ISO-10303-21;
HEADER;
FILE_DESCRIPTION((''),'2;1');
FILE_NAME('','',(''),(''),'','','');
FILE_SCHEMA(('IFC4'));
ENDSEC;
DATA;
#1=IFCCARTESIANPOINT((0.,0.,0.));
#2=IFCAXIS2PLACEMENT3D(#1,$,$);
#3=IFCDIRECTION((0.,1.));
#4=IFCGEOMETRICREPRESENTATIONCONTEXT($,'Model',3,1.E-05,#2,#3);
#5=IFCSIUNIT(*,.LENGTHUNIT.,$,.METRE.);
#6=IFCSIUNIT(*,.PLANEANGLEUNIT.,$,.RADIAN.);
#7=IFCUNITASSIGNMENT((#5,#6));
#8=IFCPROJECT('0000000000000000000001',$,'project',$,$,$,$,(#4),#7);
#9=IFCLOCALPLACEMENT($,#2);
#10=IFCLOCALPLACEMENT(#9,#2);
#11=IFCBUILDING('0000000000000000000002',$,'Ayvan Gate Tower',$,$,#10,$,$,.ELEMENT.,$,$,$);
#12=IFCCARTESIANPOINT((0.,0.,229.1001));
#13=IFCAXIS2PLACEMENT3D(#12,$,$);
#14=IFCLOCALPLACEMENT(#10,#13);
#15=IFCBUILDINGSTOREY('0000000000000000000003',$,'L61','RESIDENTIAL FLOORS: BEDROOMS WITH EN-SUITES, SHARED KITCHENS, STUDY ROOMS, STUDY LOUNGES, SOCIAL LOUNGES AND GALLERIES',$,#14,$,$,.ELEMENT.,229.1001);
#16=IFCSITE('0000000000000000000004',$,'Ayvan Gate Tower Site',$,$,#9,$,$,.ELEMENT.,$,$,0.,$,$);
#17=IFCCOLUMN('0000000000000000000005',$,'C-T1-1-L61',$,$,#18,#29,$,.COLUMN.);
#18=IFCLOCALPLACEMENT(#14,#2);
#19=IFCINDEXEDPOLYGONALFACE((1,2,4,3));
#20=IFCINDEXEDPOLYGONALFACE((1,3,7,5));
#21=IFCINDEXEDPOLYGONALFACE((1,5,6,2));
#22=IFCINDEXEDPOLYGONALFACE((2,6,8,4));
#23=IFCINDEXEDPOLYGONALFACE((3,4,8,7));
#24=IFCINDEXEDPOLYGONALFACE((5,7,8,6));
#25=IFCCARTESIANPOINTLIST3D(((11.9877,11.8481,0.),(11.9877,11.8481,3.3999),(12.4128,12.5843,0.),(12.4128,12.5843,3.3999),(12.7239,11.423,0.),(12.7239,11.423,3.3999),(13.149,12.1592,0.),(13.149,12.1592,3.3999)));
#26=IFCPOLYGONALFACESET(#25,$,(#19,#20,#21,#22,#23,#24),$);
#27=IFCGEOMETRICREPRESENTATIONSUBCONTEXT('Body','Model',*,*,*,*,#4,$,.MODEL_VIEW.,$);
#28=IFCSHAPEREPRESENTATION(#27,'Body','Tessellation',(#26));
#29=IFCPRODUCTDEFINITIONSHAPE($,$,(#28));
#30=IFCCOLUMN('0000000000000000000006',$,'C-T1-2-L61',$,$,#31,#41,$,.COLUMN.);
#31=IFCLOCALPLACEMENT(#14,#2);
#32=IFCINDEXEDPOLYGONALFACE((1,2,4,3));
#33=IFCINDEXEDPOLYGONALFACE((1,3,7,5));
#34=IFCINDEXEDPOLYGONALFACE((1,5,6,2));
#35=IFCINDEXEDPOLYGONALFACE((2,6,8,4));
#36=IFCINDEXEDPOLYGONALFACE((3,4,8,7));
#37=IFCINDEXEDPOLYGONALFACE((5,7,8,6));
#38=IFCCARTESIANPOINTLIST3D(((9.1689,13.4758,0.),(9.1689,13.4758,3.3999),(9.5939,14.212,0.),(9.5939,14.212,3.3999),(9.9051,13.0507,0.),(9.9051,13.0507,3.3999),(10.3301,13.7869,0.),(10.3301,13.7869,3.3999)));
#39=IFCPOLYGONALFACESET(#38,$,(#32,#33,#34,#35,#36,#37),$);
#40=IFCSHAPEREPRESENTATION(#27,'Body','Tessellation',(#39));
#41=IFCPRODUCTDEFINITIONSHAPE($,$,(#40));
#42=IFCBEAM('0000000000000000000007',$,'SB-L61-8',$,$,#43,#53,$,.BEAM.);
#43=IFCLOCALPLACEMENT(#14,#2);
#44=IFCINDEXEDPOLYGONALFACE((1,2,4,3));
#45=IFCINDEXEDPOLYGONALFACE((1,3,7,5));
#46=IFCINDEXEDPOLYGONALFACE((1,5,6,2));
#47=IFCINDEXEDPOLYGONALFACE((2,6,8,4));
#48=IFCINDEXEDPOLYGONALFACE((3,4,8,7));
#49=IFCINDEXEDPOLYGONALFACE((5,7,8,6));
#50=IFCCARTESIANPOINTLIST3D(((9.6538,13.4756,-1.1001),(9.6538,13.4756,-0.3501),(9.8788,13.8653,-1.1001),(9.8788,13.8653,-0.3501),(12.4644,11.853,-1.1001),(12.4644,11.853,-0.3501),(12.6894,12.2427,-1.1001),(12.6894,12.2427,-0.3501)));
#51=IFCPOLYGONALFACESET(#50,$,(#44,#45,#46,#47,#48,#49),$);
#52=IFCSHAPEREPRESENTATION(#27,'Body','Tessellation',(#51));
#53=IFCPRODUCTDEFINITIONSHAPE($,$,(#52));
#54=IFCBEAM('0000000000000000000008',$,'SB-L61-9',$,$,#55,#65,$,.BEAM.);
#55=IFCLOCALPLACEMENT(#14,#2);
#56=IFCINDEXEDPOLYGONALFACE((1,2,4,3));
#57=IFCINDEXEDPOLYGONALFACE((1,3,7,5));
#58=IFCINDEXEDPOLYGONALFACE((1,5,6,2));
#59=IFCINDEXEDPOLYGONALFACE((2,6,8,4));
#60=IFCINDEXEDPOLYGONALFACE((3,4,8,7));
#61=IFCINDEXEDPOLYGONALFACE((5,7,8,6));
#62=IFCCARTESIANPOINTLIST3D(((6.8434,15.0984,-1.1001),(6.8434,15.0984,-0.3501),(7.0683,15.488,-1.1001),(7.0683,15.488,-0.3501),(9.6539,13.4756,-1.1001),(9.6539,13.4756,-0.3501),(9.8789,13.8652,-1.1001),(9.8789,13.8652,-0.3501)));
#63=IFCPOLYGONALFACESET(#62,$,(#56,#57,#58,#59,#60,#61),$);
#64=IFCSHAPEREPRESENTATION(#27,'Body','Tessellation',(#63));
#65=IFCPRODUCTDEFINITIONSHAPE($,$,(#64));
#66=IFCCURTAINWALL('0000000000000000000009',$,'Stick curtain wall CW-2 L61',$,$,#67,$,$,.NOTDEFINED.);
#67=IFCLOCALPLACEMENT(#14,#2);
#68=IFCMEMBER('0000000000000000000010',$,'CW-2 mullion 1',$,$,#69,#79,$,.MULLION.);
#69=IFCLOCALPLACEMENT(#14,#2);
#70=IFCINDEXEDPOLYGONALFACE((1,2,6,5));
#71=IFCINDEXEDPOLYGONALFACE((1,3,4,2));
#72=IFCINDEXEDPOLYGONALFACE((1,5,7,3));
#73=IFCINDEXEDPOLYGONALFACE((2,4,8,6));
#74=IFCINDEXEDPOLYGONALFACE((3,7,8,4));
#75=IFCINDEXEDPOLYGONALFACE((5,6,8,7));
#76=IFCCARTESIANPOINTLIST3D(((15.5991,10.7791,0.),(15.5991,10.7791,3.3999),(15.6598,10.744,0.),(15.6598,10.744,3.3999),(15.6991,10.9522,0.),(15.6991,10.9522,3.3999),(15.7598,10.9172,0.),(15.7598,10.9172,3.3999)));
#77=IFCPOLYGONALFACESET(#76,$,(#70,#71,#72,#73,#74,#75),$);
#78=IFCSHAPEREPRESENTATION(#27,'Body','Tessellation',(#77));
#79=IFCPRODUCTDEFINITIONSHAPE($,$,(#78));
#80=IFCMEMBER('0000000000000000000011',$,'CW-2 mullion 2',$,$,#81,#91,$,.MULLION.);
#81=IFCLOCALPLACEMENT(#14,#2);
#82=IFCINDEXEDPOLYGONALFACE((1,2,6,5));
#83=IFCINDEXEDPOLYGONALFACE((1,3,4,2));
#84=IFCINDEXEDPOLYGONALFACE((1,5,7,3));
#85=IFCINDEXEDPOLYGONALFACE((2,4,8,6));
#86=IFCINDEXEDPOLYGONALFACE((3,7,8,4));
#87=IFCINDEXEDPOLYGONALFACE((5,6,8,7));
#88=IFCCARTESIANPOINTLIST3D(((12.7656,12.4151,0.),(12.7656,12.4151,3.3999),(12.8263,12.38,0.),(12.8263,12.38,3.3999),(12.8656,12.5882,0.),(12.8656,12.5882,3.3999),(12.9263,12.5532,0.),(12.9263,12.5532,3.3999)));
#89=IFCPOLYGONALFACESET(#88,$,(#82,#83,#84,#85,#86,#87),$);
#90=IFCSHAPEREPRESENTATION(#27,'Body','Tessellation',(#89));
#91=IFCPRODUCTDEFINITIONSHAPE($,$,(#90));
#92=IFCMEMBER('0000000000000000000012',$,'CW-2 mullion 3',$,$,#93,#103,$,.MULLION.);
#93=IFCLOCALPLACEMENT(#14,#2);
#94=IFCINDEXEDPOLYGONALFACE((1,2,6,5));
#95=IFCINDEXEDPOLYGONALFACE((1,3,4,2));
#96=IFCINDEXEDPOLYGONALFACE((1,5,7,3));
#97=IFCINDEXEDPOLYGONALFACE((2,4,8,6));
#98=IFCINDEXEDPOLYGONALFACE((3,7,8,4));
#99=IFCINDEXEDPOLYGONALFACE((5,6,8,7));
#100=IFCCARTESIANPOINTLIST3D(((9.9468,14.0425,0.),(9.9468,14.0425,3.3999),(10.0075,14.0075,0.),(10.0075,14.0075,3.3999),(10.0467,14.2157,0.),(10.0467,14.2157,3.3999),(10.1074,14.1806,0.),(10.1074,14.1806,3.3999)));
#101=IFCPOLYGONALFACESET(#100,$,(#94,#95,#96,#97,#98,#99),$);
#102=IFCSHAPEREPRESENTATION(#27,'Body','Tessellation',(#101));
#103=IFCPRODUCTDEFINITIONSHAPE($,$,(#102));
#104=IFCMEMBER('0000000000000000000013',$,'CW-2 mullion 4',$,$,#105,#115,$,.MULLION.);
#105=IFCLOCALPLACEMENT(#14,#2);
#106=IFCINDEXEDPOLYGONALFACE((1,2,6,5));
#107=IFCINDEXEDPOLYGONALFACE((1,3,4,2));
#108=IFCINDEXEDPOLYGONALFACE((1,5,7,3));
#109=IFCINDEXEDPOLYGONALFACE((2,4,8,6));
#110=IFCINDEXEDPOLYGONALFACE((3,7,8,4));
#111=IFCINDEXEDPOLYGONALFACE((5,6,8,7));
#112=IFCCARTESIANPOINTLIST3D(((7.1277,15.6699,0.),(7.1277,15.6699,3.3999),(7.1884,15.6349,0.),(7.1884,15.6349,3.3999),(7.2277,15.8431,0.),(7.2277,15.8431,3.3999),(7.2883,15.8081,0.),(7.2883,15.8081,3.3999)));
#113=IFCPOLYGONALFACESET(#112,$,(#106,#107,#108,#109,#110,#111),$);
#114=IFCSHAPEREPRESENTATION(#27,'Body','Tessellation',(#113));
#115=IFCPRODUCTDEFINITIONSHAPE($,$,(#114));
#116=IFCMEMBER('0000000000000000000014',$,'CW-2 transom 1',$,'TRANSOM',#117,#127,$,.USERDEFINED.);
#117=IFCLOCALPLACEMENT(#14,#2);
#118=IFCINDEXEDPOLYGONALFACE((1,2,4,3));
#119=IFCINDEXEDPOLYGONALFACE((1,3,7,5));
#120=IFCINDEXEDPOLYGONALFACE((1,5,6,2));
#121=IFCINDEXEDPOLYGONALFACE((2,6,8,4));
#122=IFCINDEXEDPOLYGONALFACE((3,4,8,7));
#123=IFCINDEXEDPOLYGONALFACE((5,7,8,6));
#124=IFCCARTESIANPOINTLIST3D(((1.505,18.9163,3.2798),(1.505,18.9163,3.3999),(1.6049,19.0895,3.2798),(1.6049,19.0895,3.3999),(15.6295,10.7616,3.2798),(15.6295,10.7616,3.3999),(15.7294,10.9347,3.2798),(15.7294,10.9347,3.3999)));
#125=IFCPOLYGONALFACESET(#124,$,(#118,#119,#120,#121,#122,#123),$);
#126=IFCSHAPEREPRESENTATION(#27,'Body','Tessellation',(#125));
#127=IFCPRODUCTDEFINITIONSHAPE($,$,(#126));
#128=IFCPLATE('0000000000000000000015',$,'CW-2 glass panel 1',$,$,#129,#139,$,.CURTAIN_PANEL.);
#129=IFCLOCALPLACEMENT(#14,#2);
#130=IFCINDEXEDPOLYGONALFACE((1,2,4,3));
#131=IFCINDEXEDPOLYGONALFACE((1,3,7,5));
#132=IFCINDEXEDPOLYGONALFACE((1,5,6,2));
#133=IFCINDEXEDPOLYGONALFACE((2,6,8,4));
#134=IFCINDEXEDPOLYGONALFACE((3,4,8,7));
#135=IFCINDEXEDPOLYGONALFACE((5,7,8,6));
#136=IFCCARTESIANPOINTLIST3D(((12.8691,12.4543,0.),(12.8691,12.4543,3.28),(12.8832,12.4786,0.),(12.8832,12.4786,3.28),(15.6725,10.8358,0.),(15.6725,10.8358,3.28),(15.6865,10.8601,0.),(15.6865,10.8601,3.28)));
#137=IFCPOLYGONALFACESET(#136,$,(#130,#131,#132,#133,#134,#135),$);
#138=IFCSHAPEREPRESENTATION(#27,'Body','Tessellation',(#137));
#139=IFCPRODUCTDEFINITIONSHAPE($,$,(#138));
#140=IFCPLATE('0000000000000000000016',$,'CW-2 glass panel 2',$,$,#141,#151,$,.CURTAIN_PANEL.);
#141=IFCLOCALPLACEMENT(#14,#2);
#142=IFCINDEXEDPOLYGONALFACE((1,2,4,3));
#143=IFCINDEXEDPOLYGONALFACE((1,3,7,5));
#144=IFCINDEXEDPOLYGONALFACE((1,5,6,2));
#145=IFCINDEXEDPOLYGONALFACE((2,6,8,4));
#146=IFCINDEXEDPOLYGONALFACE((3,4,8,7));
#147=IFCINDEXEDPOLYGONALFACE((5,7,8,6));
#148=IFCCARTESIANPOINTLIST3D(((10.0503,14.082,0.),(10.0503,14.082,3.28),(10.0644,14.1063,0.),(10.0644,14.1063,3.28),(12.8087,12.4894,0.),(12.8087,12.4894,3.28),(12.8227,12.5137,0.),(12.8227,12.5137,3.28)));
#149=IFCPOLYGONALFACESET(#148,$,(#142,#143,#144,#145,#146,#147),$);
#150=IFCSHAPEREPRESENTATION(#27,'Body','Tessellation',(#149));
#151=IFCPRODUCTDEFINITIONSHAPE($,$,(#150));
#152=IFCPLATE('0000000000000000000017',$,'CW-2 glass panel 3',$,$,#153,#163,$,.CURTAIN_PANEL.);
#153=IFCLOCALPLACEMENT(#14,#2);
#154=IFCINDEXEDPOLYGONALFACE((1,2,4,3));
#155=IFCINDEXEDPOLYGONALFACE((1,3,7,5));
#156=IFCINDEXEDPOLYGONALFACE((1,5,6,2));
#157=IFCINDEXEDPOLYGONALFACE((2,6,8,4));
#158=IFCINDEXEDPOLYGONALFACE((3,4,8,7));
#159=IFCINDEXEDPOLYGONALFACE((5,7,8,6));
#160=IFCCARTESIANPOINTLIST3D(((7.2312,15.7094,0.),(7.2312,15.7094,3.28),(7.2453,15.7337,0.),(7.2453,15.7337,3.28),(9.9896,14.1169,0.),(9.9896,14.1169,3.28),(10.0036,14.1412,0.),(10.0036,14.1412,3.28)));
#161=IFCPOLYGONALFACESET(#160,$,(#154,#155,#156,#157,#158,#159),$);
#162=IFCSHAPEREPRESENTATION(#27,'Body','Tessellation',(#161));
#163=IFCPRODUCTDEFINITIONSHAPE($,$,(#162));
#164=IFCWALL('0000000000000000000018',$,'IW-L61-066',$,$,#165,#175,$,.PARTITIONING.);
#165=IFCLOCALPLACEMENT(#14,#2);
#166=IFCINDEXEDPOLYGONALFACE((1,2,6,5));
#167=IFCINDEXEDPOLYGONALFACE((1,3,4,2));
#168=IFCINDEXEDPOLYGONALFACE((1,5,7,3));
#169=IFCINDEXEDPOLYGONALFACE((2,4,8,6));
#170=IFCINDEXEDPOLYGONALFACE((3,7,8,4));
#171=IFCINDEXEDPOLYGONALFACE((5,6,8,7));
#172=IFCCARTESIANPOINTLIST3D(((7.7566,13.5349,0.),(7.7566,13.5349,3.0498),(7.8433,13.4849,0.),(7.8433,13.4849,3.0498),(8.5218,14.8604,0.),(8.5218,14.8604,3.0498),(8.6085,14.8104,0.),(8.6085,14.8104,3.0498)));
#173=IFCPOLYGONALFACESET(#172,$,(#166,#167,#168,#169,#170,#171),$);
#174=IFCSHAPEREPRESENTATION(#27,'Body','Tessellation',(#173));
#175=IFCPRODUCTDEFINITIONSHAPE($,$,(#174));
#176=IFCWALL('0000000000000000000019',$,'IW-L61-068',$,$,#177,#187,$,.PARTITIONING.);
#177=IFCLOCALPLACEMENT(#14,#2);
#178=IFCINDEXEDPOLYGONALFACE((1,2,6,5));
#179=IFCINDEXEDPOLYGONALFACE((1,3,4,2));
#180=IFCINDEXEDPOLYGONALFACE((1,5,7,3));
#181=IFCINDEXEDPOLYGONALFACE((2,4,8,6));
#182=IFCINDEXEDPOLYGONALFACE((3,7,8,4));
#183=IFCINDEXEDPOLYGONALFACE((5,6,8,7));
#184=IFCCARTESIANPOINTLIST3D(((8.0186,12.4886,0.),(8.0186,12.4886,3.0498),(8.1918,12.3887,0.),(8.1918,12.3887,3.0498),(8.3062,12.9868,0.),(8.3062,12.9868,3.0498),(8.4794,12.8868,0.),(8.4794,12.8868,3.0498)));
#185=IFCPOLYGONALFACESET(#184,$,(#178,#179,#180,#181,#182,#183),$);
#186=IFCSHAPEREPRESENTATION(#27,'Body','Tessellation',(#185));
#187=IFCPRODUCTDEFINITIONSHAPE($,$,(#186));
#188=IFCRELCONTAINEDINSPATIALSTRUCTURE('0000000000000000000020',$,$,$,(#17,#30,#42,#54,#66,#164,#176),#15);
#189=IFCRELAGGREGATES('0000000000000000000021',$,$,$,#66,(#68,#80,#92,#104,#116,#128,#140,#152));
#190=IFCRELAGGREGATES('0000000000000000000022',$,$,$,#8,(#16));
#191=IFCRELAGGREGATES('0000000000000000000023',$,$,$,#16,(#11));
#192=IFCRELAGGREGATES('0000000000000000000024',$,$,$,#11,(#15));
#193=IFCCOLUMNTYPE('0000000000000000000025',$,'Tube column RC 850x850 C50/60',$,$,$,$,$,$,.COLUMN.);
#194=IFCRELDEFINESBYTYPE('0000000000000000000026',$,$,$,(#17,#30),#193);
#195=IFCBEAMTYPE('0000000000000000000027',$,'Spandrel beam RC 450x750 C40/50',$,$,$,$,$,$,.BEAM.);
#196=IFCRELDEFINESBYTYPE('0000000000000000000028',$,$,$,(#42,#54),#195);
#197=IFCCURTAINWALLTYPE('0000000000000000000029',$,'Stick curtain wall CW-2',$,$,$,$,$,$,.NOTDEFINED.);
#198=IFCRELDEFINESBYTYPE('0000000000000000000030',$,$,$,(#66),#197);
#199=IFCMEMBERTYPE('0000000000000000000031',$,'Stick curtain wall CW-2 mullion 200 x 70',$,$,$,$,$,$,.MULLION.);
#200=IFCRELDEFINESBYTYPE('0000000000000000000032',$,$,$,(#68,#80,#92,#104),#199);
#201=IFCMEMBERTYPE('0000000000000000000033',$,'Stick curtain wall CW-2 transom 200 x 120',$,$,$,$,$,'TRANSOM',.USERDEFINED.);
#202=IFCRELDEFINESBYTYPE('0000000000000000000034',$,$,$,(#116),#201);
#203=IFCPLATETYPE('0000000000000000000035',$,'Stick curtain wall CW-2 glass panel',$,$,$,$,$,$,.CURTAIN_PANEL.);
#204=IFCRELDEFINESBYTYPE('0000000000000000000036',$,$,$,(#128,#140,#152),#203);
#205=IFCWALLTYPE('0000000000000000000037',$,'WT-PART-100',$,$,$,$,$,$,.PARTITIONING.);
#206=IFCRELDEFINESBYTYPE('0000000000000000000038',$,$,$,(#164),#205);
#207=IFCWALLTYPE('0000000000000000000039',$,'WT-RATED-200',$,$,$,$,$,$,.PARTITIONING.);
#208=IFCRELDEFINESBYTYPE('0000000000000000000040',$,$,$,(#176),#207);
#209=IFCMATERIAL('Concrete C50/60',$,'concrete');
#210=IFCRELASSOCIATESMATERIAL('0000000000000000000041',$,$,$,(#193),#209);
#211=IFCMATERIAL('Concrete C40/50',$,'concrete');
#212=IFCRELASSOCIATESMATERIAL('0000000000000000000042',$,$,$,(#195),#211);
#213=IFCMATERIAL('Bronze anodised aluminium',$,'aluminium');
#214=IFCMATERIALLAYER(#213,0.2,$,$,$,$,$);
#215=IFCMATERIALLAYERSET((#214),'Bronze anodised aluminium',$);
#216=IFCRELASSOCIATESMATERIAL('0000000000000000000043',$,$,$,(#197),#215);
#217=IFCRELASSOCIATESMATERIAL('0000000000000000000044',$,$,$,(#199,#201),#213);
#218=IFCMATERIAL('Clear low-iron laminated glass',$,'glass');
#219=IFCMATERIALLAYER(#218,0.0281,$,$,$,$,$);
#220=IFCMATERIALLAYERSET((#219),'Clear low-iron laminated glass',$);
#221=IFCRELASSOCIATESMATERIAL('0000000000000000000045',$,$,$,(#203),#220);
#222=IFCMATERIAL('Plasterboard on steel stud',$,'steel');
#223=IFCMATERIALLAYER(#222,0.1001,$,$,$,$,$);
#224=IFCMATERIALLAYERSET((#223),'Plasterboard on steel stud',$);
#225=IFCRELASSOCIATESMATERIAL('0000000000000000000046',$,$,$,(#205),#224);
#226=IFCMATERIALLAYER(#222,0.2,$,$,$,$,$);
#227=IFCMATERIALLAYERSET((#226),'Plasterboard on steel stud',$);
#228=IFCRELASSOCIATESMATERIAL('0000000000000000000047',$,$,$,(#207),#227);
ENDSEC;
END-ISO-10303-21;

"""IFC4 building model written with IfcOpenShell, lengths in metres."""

from ifc_helpers import new_model, si_unit, direction, frame, frame_2d, origin, origin_2d, place, context, subcontext, project, spatial, rectangle, extrude, material, layer, layer_set, material_profile, profile_set, type_object, element, aggregate, save


model = new_model("IFC4")

# Units and contexts
model_context = context("Model", 3, precision=1e-05, world=origin(), true_north=direction((0.0, 1.0)))
body_context = subcontext(model_context, "Body", "Model", "MODEL_VIEW")
ifc_project = project(units=[si_unit("LENGTHUNIT", "METRE"), si_unit("PLANEANGLEUNIT", "RADIAN")], contexts=[model_context])

# Site, building, storey
site_placement = place(None, origin())
site = spatial("IfcSite", under=ifc_project, at=site_placement, Name="Ayvan Gate Tower Site", CompositionType="ELEMENT", RefElevation=0.0)
building_placement = place(site_placement, origin())
building = spatial("IfcBuilding", under=site, at=building_placement, Name="Ayvan Gate Tower", CompositionType="ELEMENT")
storey_placement = place(building_placement, frame((0.0, 0.0, 229.1001)))
storey = spatial("IfcBuildingStorey", under=building, at=storey_placement, Name="L61", Description="RESIDENTIAL FLOORS: BEDROOMS WITH EN-SUITES, SHARED KITCHENS, STUDY ROOMS, STUDY LOUNGES, SOCIAL LOUNGES AND GALLERIES", CompositionType="ELEMENT", Elevation=229.1001)

# Columns
ifc_material_1 = material(Name="Concrete C50/60", Category="concrete")
ifc_material_profile_1 = material_profile(ifc_material_1, rectangle(XDim=0.8501, YDim=0.8501, at=origin_2d()), Name="RC 850x850")
ifc_profile_set_1 = profile_set([ifc_material_profile_1], Name="Concrete C50/60")
column_type = type_object("IfcColumnType", Name="Tube column RC 850x850 C50/60", PredefinedType="COLUMN", material=ifc_profile_set_1)
for number, where, z_axis, x_axis, name in (
    (1, (12.5684, 12.0037, 0.0), (0.0, 0.0, 1.0), (0.5, 0.866025, 0.0), "C-T1-1-L61"),
    (2, (9.7495, 13.6313, 0.0), (0.0, 0.0, 1.0), (0.5, 0.866025, 0.0), "C-T1-2-L61"),
):
    element("IfcColumn", number, at=place(storey_placement, frame(where, z_axis=z_axis, x_axis=x_axis)), inside=storey, type_object=column_type, Name=name, PredefinedType="COLUMN", context=body_context, shape_type="SweptSolid", body=[
        extrude(rectangle(XDim=0.8501, YDim=0.8501, at=origin_2d()), origin(), (0.0, 0.0, 1.0), 3.3999),
    ])

# Beams
ifc_material_2 = material(Name="Concrete C40/50", Category="concrete")
ifc_material_profile_2 = material_profile(ifc_material_2, rectangle(XDim=0.45, YDim=0.75, at=origin_2d()), Name="RC 450x750")
ifc_profile_set_2 = profile_set([ifc_material_profile_2], Name="Concrete C40/50")
beam_type = type_object("IfcBeamType", Name="Spandrel beam RC 450x750 C40/50", PredefinedType="BEAM", material=ifc_profile_set_2)
for number, where, z_axis, x_axis, name in (
    (3, (12.5769, 12.0479, -0.7251), (-0.86604, 0.499974, 0.0), (-0.499974, -0.86604, 0.0), "SB-L61-8"),
    (4, (9.7664, 13.6704, -0.7251), (-0.866008, 0.500031, 0.0), (-0.500031, -0.866008, 0.0), "SB-L61-9"),
):
    element("IfcBeam", number, at=place(storey_placement, frame(where, z_axis=z_axis, x_axis=x_axis)), inside=storey, type_object=beam_type, Name=name, PredefinedType="BEAM", context=body_context, shape_type="SweptSolid", body=[
        extrude(rectangle(XDim=0.45, YDim=0.75, at=origin_2d()), origin(), (0.0, 0.0, 1.0), 3.2454),
    ])

# Curtain wall, members, plates
ifc_material_3 = material(Name="Bronze anodised aluminium", Category="aluminium")
ifc_layer_1 = layer(ifc_material_3, 0.2)
ifc_layer_set_1 = layer_set([ifc_layer_1], Name="Bronze anodised aluminium")
curtain_wall_type = type_object("IfcCurtainWallType", Name="Stick curtain wall CW-2", PredefinedType="NOTDEFINED", material=ifc_layer_set_1)
curtain_wall_placement = place(storey_placement, origin())
curtain_wall = element("IfcCurtainWall", 5, at=curtain_wall_placement, inside=storey, type_object=curtain_wall_type, Name="Stick curtain wall CW-2 L61", PredefinedType="NOTDEFINED")
ifc_material_profile_3 = material_profile(ifc_material_3, rectangle(XDim=0.2, YDim=0.0701, at=origin_2d()), Name="Stick curtain wall CW-2 mullion 200 x 70")
ifc_profile_set_3 = profile_set([ifc_material_profile_3], Name="Bronze anodised aluminium")
member_type_1 = type_object("IfcMemberType", Name="Stick curtain wall CW-2 mullion 200 x 70", PredefinedType="MULLION", material=ifc_profile_set_3)
member_1_placement = place(storey_placement, frame((15.6794, 10.8481, 0.0), z_axis=(0.0, 0.0, 1.0), x_axis=(0.5, 0.866025, 0.0)))
member_1 = element("IfcMember", 6, at=member_1_placement, type_object=member_type_1, Name="CW-2 mullion 1", PredefinedType="MULLION", context=body_context, shape_type="SweptSolid", body=[
    extrude(rectangle(XDim=0.2, YDim=0.0701, at=origin_2d()), origin(), (0.0, 0.0, 1.0), 3.3999),
])
member_2_placement = place(storey_placement, frame((12.8459, 12.4841, 0.0), z_axis=(0.0, 0.0, 1.0), x_axis=(0.5, 0.866025, 0.0)))
member_2 = element("IfcMember", 7, at=member_2_placement, type_object=member_type_1, Name="CW-2 mullion 2", PredefinedType="MULLION", context=body_context, shape_type="SweptSolid", body=[
    extrude(rectangle(XDim=0.2, YDim=0.0701, at=origin_2d()), origin(), (0.0, 0.0, 1.0), 3.3999),
])
member_3_placement = place(storey_placement, frame((10.0271, 14.1116, 0.0), z_axis=(0.0, 0.0, 1.0), x_axis=(0.5, 0.866025, 0.0)))
member_3 = element("IfcMember", 8, at=member_3_placement, type_object=member_type_1, Name="CW-2 mullion 3", PredefinedType="MULLION", context=body_context, shape_type="SweptSolid", body=[
    extrude(rectangle(XDim=0.2, YDim=0.0701, at=origin_2d()), origin(), (0.0, 0.0, 1.0), 3.3999),
])
member_4_placement = place(storey_placement, frame((7.208, 15.739, 0.0), z_axis=(0.0, 0.0, 1.0), x_axis=(0.5, 0.866025, 0.0)))
member_4 = element("IfcMember", 9, at=member_4_placement, type_object=member_type_1, Name="CW-2 mullion 4", PredefinedType="MULLION", context=body_context, shape_type="SweptSolid", body=[
    extrude(rectangle(XDim=0.2, YDim=0.0701, at=origin_2d()), origin(), (0.0, 0.0, 1.0), 3.3999),
])
ifc_material_profile_4 = material_profile(ifc_material_3, rectangle(XDim=0.2, YDim=0.1201, at=origin_2d()), Name="Stick curtain wall CW-2 transom 200 x 120")
ifc_profile_set_4 = profile_set([ifc_material_profile_4], Name="Bronze anodised aluminium")
member_type_2 = type_object("IfcMemberType", Name="Stick curtain wall CW-2 transom 200 x 120", ElementType="TRANSOM", PredefinedType="USERDEFINED", material=ifc_profile_set_4)
member_5_placement = place(storey_placement, frame((15.6794, 10.8481, 3.3398), z_axis=(-0.866026, 0.5, 0.0), x_axis=(-0.5, -0.866026, 0.0)))
member_5 = element("IfcMember", 10, at=member_5_placement, type_object=member_type_2, Name="CW-2 transom 1", ObjectType="TRANSOM", PredefinedType="USERDEFINED", context=body_context, shape_type="SweptSolid", body=[
    extrude(rectangle(XDim=0.2, YDim=0.1201, at=origin_2d()), origin(), (0.0, 0.0, 1.0), 16.3096),
])
ifc_material_4 = material(Name="Clear low-iron laminated glass", Category="glass")
ifc_layer_2 = layer(ifc_material_4, 0.0281)
ifc_layer_set_2 = layer_set([ifc_layer_2], Name="Clear low-iron laminated glass")
plate_type = type_object("IfcPlateType", Name="Stick curtain wall CW-2 glass panel", PredefinedType="CURTAIN_PANEL", material=ifc_layer_set_2)
plate_1_placement = place(storey_placement, frame((14.2778, 11.6572, 0.0), z_axis=(0.0, 0.0, 1.0), x_axis=(-0.866025, 0.5, 0.0)))
plate_1 = element("IfcPlate", 11, at=plate_1_placement, type_object=plate_type, Name="CW-2 glass panel 1", PredefinedType="CURTAIN_PANEL", context=body_context, shape_type="SweptSolid", body=[
    extrude(rectangle(XDim=3.2371, YDim=0.0281, at=origin_2d()), origin(), (0.0, 0.0, 1.0), 3.28),
])
plate_2_placement = place(storey_placement, frame((11.4365, 13.2979, 0.0), z_axis=(0.0, 0.0, 1.0), x_axis=(-0.866025, 0.5, 0.0)))
plate_2 = element("IfcPlate", 12, at=plate_2_placement, type_object=plate_type, Name="CW-2 glass panel 2", PredefinedType="CURTAIN_PANEL", context=body_context, shape_type="SweptSolid", body=[
    extrude(rectangle(XDim=3.1851, YDim=0.0281, at=origin_2d()), origin(), (0.0, 0.0, 1.0), 3.28),
])
plate_3_placement = place(storey_placement, frame((8.6174, 14.9253, 0.0), z_axis=(0.0, 0.0, 1.0), x_axis=(-0.866025, 0.5, 0.0)))
plate_3 = element("IfcPlate", 13, at=plate_3_placement, type_object=plate_type, Name="CW-2 glass panel 3", PredefinedType="CURTAIN_PANEL", context=body_context, shape_type="SweptSolid", body=[
    extrude(rectangle(XDim=3.1851, YDim=0.0281, at=origin_2d()), origin(), (0.0, 0.0, 1.0), 3.28),
])
aggregate(curtain_wall, [member_1, member_2, member_3, member_4, member_5, plate_1, plate_2, plate_3])

# Walls
ifc_material_5 = material(Name="Plasterboard on steel stud", Category="steel")
ifc_layer_3 = layer(ifc_material_5, 0.1001)
ifc_layer_set_3 = layer_set([ifc_layer_3], Name="Plasterboard on steel stud")
wall_type_1 = type_object("IfcWallType", Name="WT-PART-100", PredefinedType="PARTITIONING", material=ifc_layer_set_3)
wall_1_placement = place(storey_placement, frame((7.8, 13.51, 0.0), z_axis=(0.0, 0.0, 1.0), x_axis=(0.499948, 0.866055, 0.0)))
element("IfcWall", 14, at=wall_1_placement, inside=storey, type_object=wall_type_1, Name="IW-L61-066", PredefinedType="PARTITIONING", context=body_context, shape_type="SweptSolid", body=[
    extrude(rectangle(XDim=1.5305, YDim=0.1001, at=frame_2d((0.7651, 0.0))), origin(), (0.0, 0.0, 1.0), 3.0498),
])
ifc_layer_4 = layer(ifc_material_5, 0.2)
ifc_layer_set_4 = layer_set([ifc_layer_4], Name="Plasterboard on steel stud")
wall_type_2 = type_object("IfcWallType", Name="WT-RATED-200", PredefinedType="PARTITIONING", material=ifc_layer_set_4)
wall_2_placement = place(storey_placement, frame((8.3928, 12.9368, 0.0), z_axis=(0.0, 0.0, 1.0), x_axis=(-0.500065, -0.865988, 0.0)))
element("IfcWall", 15, at=wall_2_placement, inside=storey, type_object=wall_type_2, Name="IW-L61-068", PredefinedType="PARTITIONING", context=body_context, shape_type="SweptSolid", body=[
    extrude(rectangle(XDim=0.5752, YDim=0.2, at=frame_2d((0.2876, 0.0))), origin(), (0.0, 0.0, 1.0), 3.0498),
])

save(model, "model.ifc")
